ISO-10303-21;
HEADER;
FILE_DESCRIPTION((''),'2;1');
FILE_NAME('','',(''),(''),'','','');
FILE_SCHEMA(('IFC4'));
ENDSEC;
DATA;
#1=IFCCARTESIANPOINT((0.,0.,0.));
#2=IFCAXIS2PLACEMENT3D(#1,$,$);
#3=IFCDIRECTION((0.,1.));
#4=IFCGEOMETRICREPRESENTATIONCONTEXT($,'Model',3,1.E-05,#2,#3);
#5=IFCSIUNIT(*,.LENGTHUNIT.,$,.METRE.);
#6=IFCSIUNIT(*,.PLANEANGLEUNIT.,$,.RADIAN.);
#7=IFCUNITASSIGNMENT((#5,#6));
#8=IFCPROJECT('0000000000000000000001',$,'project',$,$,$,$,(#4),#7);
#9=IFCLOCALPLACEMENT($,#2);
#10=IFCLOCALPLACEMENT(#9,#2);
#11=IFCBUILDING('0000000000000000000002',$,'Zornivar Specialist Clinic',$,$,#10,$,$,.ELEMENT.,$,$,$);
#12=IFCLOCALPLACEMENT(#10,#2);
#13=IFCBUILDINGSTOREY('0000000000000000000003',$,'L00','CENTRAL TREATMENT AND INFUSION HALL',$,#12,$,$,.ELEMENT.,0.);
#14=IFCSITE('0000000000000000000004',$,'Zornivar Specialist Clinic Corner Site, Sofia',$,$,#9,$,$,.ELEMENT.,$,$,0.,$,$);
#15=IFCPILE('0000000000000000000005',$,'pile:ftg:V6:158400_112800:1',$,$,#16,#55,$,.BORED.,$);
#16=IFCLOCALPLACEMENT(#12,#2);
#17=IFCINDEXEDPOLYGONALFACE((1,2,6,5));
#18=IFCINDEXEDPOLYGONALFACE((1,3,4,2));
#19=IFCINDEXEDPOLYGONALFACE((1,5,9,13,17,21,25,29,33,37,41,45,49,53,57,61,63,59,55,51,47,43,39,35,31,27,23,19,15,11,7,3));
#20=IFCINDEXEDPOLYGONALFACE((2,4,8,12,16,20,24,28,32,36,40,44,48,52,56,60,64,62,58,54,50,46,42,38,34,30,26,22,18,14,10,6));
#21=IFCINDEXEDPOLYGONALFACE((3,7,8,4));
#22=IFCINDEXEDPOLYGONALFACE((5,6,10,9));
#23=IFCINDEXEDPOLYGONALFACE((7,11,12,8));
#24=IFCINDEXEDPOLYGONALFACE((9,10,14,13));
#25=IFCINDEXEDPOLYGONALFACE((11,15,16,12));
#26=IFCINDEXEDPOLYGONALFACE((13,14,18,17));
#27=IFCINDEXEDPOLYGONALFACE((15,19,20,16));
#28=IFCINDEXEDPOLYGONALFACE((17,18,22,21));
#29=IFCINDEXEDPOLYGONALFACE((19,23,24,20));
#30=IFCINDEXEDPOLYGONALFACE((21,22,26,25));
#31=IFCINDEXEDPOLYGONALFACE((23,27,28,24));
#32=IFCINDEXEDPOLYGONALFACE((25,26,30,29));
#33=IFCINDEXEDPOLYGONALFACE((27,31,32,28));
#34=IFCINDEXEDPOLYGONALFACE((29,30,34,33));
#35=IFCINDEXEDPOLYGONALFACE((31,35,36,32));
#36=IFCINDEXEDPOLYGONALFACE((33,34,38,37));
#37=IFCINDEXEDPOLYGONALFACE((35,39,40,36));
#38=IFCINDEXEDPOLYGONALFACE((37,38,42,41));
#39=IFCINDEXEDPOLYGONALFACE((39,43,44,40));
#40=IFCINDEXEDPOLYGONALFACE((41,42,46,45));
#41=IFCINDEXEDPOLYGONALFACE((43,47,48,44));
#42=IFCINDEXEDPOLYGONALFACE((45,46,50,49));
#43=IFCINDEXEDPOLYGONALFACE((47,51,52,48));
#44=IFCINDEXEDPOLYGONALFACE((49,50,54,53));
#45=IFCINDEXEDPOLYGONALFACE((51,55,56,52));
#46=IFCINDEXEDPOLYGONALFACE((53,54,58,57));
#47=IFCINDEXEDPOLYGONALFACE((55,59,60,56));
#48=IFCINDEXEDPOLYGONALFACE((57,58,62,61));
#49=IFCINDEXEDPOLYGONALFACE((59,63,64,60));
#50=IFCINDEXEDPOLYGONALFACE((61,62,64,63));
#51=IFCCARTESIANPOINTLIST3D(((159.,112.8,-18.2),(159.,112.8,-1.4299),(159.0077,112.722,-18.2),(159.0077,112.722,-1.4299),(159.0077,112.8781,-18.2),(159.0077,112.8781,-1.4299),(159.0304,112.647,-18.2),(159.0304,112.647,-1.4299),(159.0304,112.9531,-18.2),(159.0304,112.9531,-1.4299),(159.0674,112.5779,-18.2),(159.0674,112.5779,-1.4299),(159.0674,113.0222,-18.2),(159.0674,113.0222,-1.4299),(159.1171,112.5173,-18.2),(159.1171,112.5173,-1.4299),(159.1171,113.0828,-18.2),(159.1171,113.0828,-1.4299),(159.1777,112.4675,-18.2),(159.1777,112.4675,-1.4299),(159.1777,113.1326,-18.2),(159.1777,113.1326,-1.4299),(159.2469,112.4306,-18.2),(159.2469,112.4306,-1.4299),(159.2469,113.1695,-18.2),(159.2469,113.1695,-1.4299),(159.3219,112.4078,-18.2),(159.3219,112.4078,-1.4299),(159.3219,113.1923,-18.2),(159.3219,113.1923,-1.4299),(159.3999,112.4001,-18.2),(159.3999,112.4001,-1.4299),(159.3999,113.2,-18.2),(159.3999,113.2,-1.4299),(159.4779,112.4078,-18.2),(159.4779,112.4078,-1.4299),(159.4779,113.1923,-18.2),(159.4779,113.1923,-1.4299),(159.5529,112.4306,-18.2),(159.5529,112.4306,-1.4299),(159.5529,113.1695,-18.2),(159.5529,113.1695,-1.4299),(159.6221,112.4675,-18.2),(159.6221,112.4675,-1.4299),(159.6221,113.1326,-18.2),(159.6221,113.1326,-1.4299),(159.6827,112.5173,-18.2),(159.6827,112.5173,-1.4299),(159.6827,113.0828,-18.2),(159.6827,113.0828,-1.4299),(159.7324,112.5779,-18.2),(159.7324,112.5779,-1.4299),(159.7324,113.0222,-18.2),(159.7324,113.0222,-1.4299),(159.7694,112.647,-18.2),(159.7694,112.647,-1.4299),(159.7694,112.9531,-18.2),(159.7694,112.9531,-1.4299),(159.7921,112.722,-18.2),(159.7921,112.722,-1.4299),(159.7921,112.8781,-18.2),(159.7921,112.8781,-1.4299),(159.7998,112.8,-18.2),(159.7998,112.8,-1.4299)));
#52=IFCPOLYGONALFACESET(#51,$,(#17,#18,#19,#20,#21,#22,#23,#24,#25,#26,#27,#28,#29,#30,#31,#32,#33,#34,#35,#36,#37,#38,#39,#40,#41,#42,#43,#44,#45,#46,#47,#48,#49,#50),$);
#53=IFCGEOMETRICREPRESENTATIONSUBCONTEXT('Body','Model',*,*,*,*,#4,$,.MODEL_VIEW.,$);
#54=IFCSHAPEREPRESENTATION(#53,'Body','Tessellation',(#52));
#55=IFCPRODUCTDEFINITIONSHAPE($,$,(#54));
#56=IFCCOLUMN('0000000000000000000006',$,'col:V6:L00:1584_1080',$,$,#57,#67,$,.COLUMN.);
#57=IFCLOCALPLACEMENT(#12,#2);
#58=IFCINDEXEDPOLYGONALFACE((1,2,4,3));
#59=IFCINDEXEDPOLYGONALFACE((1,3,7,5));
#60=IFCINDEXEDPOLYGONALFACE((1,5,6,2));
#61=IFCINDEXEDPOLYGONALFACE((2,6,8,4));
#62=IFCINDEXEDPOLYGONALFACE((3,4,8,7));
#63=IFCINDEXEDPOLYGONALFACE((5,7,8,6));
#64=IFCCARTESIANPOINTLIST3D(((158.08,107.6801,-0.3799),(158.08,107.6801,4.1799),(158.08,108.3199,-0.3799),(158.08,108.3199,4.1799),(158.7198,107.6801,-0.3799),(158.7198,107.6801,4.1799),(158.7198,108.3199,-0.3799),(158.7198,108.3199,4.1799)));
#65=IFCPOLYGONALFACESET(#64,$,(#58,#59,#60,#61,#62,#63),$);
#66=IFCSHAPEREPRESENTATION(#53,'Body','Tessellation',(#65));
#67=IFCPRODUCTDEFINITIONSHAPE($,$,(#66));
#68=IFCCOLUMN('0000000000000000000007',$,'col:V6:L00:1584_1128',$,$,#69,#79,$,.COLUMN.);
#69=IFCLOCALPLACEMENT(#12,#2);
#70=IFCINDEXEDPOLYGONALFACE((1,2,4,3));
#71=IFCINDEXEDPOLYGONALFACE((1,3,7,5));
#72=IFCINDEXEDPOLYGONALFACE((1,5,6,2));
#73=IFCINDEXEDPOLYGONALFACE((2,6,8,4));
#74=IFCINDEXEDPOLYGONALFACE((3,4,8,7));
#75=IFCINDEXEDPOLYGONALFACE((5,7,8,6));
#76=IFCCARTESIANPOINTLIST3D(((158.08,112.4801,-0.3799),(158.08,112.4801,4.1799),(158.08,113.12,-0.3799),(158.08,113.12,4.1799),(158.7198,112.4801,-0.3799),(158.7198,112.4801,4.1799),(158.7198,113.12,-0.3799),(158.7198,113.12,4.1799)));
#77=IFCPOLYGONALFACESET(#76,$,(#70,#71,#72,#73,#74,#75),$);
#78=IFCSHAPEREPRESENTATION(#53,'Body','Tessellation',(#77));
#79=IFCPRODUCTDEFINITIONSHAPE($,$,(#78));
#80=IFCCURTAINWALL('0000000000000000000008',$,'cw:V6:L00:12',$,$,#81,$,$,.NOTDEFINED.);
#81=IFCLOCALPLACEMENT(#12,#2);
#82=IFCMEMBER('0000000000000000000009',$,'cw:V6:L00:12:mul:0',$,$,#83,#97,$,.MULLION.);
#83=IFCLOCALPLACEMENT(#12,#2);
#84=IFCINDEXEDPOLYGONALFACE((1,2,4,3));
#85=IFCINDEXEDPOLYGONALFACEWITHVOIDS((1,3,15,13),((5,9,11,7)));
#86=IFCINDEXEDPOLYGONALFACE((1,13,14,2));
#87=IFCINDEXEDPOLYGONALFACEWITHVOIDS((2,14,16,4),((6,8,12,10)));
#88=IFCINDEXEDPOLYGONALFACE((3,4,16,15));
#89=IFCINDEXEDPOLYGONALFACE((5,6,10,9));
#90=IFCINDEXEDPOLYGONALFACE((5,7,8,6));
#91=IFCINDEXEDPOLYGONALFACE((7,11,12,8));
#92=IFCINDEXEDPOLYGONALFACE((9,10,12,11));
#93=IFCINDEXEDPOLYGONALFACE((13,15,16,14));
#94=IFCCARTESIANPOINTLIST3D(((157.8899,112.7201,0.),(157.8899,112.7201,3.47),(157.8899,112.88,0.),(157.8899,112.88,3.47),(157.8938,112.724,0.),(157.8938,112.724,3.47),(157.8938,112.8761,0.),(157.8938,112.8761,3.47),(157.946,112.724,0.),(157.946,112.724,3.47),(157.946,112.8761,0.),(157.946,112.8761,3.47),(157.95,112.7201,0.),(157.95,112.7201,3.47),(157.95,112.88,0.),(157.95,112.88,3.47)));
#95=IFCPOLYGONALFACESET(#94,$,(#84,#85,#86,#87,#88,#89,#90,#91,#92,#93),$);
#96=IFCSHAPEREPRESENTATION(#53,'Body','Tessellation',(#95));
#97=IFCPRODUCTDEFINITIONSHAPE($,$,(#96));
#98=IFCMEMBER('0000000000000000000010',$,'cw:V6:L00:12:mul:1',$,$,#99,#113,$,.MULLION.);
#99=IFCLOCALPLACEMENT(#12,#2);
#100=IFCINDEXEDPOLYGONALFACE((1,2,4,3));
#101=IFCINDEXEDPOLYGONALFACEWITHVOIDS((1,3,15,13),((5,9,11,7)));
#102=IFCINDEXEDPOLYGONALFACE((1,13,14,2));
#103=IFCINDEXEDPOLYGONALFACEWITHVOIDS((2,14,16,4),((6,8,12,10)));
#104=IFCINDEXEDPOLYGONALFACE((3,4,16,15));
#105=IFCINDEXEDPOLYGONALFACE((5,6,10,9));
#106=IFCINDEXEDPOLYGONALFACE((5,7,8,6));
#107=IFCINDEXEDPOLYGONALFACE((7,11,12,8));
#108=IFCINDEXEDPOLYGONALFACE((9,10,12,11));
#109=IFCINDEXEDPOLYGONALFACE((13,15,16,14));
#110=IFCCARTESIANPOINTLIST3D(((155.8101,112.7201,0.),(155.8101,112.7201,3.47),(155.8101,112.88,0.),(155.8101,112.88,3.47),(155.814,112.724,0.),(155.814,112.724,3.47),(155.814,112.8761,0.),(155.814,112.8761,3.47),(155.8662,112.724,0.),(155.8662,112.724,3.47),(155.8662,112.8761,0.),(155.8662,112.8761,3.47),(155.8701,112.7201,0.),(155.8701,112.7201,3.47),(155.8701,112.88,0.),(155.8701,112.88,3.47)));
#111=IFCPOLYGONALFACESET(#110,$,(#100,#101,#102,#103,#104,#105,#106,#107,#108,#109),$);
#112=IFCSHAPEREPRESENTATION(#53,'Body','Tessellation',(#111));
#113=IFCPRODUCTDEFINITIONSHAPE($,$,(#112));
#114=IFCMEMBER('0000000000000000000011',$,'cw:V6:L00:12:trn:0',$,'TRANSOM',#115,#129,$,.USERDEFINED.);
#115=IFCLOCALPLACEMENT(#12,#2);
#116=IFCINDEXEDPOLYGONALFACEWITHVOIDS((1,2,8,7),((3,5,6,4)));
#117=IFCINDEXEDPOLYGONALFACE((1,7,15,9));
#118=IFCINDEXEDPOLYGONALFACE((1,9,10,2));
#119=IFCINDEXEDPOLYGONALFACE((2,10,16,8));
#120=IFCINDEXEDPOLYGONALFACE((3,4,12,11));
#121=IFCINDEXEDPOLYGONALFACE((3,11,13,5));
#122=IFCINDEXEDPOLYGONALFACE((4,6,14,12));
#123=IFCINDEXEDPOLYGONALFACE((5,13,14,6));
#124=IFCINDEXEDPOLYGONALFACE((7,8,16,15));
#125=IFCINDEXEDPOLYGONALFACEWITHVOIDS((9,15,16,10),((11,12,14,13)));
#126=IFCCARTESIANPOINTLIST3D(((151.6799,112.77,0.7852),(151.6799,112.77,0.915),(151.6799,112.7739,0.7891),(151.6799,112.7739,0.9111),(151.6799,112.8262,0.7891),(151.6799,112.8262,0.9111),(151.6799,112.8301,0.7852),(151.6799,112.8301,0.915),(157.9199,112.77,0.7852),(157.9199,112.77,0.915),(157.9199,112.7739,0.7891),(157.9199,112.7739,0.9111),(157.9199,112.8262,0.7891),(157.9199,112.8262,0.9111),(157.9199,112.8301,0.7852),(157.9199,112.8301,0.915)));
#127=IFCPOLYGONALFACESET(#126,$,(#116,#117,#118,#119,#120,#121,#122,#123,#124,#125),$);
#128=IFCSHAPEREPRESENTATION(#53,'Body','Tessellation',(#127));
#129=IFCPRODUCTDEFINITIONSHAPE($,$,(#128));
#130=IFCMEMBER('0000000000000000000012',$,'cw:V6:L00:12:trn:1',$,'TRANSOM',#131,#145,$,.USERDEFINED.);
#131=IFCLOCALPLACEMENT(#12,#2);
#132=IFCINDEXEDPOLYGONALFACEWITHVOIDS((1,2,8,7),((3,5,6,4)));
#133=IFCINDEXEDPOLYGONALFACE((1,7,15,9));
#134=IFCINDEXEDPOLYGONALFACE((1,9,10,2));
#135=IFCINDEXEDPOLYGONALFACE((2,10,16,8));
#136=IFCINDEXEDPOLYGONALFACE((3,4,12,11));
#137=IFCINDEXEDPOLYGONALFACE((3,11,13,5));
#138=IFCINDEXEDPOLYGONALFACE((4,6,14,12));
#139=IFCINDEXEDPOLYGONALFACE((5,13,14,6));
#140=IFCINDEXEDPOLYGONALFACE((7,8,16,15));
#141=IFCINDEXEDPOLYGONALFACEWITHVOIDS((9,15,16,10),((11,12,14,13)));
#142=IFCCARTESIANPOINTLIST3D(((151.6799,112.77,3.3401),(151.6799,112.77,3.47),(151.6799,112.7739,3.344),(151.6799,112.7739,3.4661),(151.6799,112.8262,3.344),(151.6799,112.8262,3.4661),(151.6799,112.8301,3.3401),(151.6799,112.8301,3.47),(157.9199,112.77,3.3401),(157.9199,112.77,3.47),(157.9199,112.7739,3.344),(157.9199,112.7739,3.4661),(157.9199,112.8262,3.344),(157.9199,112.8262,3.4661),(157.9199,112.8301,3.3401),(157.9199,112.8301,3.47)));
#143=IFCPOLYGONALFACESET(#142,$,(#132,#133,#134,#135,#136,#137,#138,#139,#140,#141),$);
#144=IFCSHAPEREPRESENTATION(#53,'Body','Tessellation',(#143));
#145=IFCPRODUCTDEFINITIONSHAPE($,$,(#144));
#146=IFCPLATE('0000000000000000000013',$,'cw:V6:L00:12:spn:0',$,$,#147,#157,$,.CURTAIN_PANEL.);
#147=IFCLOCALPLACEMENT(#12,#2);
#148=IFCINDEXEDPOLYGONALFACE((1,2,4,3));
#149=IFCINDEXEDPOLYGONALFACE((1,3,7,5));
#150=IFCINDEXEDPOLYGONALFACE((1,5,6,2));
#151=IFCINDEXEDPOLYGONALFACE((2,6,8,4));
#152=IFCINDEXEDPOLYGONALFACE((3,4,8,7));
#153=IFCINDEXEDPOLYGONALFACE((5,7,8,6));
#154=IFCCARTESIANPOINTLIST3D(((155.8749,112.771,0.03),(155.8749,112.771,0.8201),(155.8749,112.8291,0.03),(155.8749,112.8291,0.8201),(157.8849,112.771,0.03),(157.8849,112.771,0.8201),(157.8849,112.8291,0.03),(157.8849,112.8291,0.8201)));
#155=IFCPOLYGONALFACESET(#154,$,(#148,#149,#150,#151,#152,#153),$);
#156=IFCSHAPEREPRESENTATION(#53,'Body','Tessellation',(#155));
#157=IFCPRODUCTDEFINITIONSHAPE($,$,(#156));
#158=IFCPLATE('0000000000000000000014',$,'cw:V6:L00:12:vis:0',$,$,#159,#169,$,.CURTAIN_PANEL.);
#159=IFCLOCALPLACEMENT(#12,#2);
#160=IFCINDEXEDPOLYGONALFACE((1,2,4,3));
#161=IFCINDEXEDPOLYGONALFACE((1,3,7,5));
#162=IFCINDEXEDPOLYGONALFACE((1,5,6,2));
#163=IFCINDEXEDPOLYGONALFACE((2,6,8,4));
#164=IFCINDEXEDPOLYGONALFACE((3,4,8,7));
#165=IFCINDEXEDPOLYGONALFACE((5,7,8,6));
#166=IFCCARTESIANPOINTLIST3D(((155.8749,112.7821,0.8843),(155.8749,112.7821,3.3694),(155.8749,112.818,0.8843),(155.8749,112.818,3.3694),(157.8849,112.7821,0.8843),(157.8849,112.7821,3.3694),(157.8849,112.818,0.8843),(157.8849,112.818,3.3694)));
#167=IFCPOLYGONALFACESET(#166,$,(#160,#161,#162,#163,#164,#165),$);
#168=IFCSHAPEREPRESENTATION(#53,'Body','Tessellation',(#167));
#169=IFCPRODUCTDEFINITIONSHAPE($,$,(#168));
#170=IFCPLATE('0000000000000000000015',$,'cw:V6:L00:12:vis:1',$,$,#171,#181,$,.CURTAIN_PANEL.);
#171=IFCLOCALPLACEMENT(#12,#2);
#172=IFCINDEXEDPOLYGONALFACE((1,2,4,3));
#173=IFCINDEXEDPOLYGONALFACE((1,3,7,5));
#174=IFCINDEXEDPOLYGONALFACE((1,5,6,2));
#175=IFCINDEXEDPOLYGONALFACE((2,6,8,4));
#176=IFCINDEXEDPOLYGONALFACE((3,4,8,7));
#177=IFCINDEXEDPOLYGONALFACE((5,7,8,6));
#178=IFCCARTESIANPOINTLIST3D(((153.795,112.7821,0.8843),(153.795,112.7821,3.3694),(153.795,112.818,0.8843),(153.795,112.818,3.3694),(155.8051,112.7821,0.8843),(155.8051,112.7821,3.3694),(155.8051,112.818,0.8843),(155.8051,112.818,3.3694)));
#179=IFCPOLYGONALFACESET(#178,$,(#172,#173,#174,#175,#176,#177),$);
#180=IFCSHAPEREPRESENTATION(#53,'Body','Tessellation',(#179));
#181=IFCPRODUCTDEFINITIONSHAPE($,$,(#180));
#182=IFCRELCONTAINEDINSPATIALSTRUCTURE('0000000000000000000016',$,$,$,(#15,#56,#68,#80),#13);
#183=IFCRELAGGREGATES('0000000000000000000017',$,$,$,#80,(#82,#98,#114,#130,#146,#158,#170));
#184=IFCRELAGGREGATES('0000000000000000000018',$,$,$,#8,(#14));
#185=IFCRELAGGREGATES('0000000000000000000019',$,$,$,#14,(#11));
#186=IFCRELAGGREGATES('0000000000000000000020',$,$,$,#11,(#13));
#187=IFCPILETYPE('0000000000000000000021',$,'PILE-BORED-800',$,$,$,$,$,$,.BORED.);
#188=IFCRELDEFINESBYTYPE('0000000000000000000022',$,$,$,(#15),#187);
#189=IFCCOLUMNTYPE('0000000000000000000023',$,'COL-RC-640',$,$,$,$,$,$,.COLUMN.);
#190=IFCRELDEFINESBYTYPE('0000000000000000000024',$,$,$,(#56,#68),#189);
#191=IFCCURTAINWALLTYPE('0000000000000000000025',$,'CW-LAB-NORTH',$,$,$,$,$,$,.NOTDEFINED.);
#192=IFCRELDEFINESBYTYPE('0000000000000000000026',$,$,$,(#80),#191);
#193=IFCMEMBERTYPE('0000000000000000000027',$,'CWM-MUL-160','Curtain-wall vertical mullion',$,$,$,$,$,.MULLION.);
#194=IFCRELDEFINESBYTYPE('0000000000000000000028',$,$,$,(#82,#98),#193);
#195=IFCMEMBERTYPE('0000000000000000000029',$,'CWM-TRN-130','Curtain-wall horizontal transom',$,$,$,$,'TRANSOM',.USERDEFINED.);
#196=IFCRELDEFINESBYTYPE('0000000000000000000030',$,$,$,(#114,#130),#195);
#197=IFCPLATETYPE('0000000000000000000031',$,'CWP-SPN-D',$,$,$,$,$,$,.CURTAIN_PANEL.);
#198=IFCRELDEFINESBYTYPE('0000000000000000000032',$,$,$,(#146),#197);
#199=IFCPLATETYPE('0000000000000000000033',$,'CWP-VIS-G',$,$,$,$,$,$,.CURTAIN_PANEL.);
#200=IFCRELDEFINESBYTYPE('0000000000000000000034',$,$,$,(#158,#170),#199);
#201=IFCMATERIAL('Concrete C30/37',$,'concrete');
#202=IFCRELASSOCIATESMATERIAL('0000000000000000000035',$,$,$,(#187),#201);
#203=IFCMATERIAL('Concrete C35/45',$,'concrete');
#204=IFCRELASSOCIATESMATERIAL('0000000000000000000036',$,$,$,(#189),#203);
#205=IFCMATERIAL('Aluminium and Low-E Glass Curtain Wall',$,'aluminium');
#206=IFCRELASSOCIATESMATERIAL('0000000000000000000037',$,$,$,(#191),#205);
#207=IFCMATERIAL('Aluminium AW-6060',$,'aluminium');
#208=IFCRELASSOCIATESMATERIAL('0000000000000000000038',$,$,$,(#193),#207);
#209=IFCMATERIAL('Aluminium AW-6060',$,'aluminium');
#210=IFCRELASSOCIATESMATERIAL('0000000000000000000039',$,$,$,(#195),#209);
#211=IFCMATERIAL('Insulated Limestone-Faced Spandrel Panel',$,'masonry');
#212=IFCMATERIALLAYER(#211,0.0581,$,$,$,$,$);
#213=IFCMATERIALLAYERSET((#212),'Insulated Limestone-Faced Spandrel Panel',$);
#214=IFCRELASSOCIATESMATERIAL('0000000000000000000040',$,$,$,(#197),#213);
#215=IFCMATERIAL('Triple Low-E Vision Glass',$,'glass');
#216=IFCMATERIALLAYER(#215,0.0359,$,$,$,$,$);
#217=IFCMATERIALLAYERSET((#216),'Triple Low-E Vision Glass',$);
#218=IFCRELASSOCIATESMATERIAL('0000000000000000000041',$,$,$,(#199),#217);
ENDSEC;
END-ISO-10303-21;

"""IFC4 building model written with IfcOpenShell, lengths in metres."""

from ifc_helpers import new_model, si_unit, direction, frame, origin, origin_2d, place, context, subcontext, project, spatial, rectangle, hollow_rectangle, circle, extrude, material, layer, layer_set, material_profile, profile_set, type_object, element, aggregate, save


model = new_model("IFC4")

# Units and contexts
model_context = context("Model", 3, precision=1e-05, world=origin(), true_north=direction((0.0, 1.0)))
body_context = subcontext(model_context, "Body", "Model", "MODEL_VIEW")
ifc_project = project(units=[si_unit("LENGTHUNIT", "METRE"), si_unit("PLANEANGLEUNIT", "RADIAN")], contexts=[model_context])

# Site, building, storey
site_placement = place(None, origin())
site = spatial("IfcSite", under=ifc_project, at=site_placement, Name="Zornivar Specialist Clinic Corner Site, Sofia", CompositionType="ELEMENT", RefElevation=0.0)
building_placement = place(site_placement, origin())
building = spatial("IfcBuilding", under=site, at=building_placement, Name="Zornivar Specialist Clinic", CompositionType="ELEMENT")
storey_placement = place(building_placement, origin())
storey = spatial("IfcBuildingStorey", under=building, at=storey_placement, Name="L00", Description="CENTRAL TREATMENT AND INFUSION HALL", CompositionType="ELEMENT", Elevation=0.0)

# Pile
ifc_material_1 = material(Name="Concrete C30/37", Category="concrete")
ifc_material_profile_1 = material_profile(ifc_material_1, circle(Radius=0.3999, at=origin_2d()), Name="PILE D800")
ifc_profile_set_1 = profile_set([ifc_material_profile_1], Name="Concrete C30/37")
pile_type = type_object("IfcPileType", Name="PILE-BORED-800", PredefinedType="BORED", material=ifc_profile_set_1)
for number, where, z_axis, x_axis, name in (
    (1, (159.3999, 112.8, -1.4299), (0.0, 0.0, -1.0), (1.0, 0.0, 0.0), "pile:ftg:V6:158400_112800:1"),
):
    element("IfcPile", number, at=place(storey_placement, frame(where, z_axis=z_axis, x_axis=x_axis)), inside=storey, type_object=pile_type, Name=name, PredefinedType="BORED", context=body_context, shape_type="SweptSolid", body=[
        extrude(circle(Radius=0.3999, at=origin_2d()), origin(), (0.0, 0.0, 1.0), 16.77),
    ])

# Columns
ifc_material_2 = material(Name="Concrete C35/45", Category="concrete")
ifc_material_profile_2 = material_profile(ifc_material_2, rectangle(XDim=0.6399, YDim=0.6399, at=origin_2d()), Name="RC 640x640")
ifc_profile_set_2 = profile_set([ifc_material_profile_2], Name="Concrete C35/45")
column_type = type_object("IfcColumnType", Name="COL-RC-640", PredefinedType="COLUMN", material=ifc_profile_set_2)
for number, where, z_axis, x_axis, name in (
    (2, (158.3999, 108.0, -0.3799), (0.0, 0.0, 1.0), (1.0, 0.0, 0.0), "col:V6:L00:1584_1080"),
    (3, (158.3999, 112.8, -0.3799), (0.0, 0.0, 1.0), (1.0, 0.0, 0.0), "col:V6:L00:1584_1128"),
):
    element("IfcColumn", number, at=place(storey_placement, frame(where, z_axis=z_axis, x_axis=x_axis)), inside=storey, type_object=column_type, Name=name, PredefinedType="COLUMN", context=body_context, shape_type="SweptSolid", body=[
        extrude(rectangle(XDim=0.6399, YDim=0.6399, at=origin_2d()), origin(), (0.0, 0.0, 1.0), 4.5598),
    ])

# Curtain wall, members, plates
ifc_material_3 = material(Name="Aluminium and Low-E Glass Curtain Wall", Category="aluminium")
curtain_wall_type = type_object("IfcCurtainWallType", Name="CW-LAB-NORTH", PredefinedType="NOTDEFINED", material=ifc_material_3)
curtain_wall_placement = place(storey_placement, origin())
curtain_wall = element("IfcCurtainWall", 4, at=curtain_wall_placement, inside=storey, type_object=curtain_wall_type, Name="cw:V6:L00:12", PredefinedType="NOTDEFINED")
ifc_material_4 = material(Name="Aluminium AW-6060", Category="aluminium")
ifc_material_profile_3 = material_profile(ifc_material_4, hollow_rectangle(XDim=0.0601, YDim=0.1599, WallThickness=0.0039, at=origin_2d()), Name="ALU 60x160x4")
ifc_profile_set_3 = profile_set([ifc_material_profile_3], Name="Aluminium AW-6060")
member_type_1 = type_object("IfcMemberType", Name="CWM-MUL-160", Description="Curtain-wall vertical mullion", PredefinedType="MULLION", material=ifc_profile_set_3)
member_1_placement = place(storey_placement, frame((157.9199, 112.8, 0.0), z_axis=(0.0, 0.0, 1.0), x_axis=(1.0, 0.0, 0.0)))
member_1 = element("IfcMember", 5, at=member_1_placement, type_object=member_type_1, Name="cw:V6:L00:12:mul:0", PredefinedType="MULLION", context=body_context, shape_type="SweptSolid", body=[
    extrude(hollow_rectangle(XDim=0.0601, YDim=0.1599, WallThickness=0.0039, at=origin_2d()), origin(), (0.0, 0.0, 1.0), 3.47),
])
member_2_placement = place(storey_placement, frame((155.8401, 112.8, 0.0), z_axis=(0.0, 0.0, 1.0), x_axis=(1.0, 0.0, 0.0)))
member_2 = element("IfcMember", 6, at=member_2_placement, type_object=member_type_1, Name="cw:V6:L00:12:mul:1", PredefinedType="MULLION", context=body_context, shape_type="SweptSolid", body=[
    extrude(hollow_rectangle(XDim=0.0601, YDim=0.1599, WallThickness=0.0039, at=origin_2d()), origin(), (0.0, 0.0, 1.0), 3.47),
])
ifc_material_5 = material(Name="Aluminium AW-6060", Category="aluminium")
ifc_material_profile_4 = material_profile(ifc_material_5, hollow_rectangle(XDim=0.0601, YDim=0.1299, WallThickness=0.0039, at=origin_2d()), Name="ALU 60x130x4")
ifc_profile_set_4 = profile_set([ifc_material_profile_4], Name="Aluminium AW-6060")
member_type_2 = type_object("IfcMemberType", Name="CWM-TRN-130", Description="Curtain-wall horizontal transom", ElementType="TRANSOM", PredefinedType="USERDEFINED", material=ifc_profile_set_4)
member_3_placement = place(storey_placement, frame((157.9199, 112.8, 0.8501), z_axis=(-1.0, 0.0, 0.0), x_axis=(0.0, -1.0, 0.0)))
member_3 = element("IfcMember", 7, at=member_3_placement, type_object=member_type_2, Name="cw:V6:L00:12:trn:0", ObjectType="TRANSOM", PredefinedType="USERDEFINED", context=body_context, shape_type="SweptSolid", body=[
    extrude(hollow_rectangle(XDim=0.0601, YDim=0.1299, WallThickness=0.0039, at=origin_2d()), origin(), (0.0, 0.0, 1.0), 6.24),
])
member_4_placement = place(storey_placement, frame((157.9199, 112.8, 3.405), z_axis=(-1.0, 0.0, 0.0), x_axis=(0.0, -1.0, 0.0)))
member_4 = element("IfcMember", 8, at=member_4_placement, type_object=member_type_2, Name="cw:V6:L00:12:trn:1", ObjectType="TRANSOM", PredefinedType="USERDEFINED", context=body_context, shape_type="SweptSolid", body=[
    extrude(hollow_rectangle(XDim=0.0601, YDim=0.1299, WallThickness=0.0039, at=origin_2d()), origin(), (0.0, 0.0, 1.0), 6.24),
])
ifc_material_6 = material(Name="Insulated Limestone-Faced Spandrel Panel", Category="masonry")
ifc_layer_1 = layer(ifc_material_6, 0.0581)
ifc_layer_set_1 = layer_set([ifc_layer_1], Name="Insulated Limestone-Faced Spandrel Panel")
plate_type_1 = type_object("IfcPlateType", Name="CWP-SPN-D", PredefinedType="CURTAIN_PANEL", material=ifc_layer_set_1)
plate_1_placement = place(storey_placement, frame((156.8799, 112.8, 0.03), z_axis=(0.0, 0.0, 1.0), x_axis=(-1.0, 0.0, 0.0)))
plate_1 = element("IfcPlate", 9, at=plate_1_placement, type_object=plate_type_1, Name="cw:V6:L00:12:spn:0", PredefinedType="CURTAIN_PANEL", context=body_context, shape_type="SweptSolid", body=[
    extrude(rectangle(XDim=2.01, YDim=0.0581, at=origin_2d()), origin(), (0.0, 0.0, 1.0), 0.79),
])
ifc_material_7 = material(Name="Triple Low-E Vision Glass", Category="glass")
ifc_layer_2 = layer(ifc_material_7, 0.0359)
ifc_layer_set_2 = layer_set([ifc_layer_2], Name="Triple Low-E Vision Glass")
plate_type_2 = type_object("IfcPlateType", Name="CWP-VIS-G", PredefinedType="CURTAIN_PANEL", material=ifc_layer_set_2)
plate_2_placement = place(storey_placement, frame((156.8799, 112.8, 0.8843), z_axis=(0.0, 0.0, 1.0), x_axis=(-1.0, 0.0, 0.0)))
plate_2 = element("IfcPlate", 10, at=plate_2_placement, type_object=plate_type_2, Name="cw:V6:L00:12:vis:0", PredefinedType="CURTAIN_PANEL", context=body_context, shape_type="SweptSolid", body=[
    extrude(rectangle(XDim=2.01, YDim=0.0359, at=origin_2d()), origin(), (0.0, 0.0, 1.0), 2.4851),
])
plate_3_placement = place(storey_placement, frame((154.8, 112.8, 0.8843), z_axis=(0.0, 0.0, 1.0), x_axis=(-1.0, 0.0, 0.0)))
plate_3 = element("IfcPlate", 11, at=plate_3_placement, type_object=plate_type_2, Name="cw:V6:L00:12:vis:1", PredefinedType="CURTAIN_PANEL", context=body_context, shape_type="SweptSolid", body=[
    extrude(rectangle(XDim=2.01, YDim=0.0359, at=origin_2d()), origin(), (0.0, 0.0, 1.0), 2.4851),
])
aggregate(curtain_wall, [member_1, member_2, member_3, member_4, plate_1, plate_2, plate_3])

save(model, "model.ifc")
